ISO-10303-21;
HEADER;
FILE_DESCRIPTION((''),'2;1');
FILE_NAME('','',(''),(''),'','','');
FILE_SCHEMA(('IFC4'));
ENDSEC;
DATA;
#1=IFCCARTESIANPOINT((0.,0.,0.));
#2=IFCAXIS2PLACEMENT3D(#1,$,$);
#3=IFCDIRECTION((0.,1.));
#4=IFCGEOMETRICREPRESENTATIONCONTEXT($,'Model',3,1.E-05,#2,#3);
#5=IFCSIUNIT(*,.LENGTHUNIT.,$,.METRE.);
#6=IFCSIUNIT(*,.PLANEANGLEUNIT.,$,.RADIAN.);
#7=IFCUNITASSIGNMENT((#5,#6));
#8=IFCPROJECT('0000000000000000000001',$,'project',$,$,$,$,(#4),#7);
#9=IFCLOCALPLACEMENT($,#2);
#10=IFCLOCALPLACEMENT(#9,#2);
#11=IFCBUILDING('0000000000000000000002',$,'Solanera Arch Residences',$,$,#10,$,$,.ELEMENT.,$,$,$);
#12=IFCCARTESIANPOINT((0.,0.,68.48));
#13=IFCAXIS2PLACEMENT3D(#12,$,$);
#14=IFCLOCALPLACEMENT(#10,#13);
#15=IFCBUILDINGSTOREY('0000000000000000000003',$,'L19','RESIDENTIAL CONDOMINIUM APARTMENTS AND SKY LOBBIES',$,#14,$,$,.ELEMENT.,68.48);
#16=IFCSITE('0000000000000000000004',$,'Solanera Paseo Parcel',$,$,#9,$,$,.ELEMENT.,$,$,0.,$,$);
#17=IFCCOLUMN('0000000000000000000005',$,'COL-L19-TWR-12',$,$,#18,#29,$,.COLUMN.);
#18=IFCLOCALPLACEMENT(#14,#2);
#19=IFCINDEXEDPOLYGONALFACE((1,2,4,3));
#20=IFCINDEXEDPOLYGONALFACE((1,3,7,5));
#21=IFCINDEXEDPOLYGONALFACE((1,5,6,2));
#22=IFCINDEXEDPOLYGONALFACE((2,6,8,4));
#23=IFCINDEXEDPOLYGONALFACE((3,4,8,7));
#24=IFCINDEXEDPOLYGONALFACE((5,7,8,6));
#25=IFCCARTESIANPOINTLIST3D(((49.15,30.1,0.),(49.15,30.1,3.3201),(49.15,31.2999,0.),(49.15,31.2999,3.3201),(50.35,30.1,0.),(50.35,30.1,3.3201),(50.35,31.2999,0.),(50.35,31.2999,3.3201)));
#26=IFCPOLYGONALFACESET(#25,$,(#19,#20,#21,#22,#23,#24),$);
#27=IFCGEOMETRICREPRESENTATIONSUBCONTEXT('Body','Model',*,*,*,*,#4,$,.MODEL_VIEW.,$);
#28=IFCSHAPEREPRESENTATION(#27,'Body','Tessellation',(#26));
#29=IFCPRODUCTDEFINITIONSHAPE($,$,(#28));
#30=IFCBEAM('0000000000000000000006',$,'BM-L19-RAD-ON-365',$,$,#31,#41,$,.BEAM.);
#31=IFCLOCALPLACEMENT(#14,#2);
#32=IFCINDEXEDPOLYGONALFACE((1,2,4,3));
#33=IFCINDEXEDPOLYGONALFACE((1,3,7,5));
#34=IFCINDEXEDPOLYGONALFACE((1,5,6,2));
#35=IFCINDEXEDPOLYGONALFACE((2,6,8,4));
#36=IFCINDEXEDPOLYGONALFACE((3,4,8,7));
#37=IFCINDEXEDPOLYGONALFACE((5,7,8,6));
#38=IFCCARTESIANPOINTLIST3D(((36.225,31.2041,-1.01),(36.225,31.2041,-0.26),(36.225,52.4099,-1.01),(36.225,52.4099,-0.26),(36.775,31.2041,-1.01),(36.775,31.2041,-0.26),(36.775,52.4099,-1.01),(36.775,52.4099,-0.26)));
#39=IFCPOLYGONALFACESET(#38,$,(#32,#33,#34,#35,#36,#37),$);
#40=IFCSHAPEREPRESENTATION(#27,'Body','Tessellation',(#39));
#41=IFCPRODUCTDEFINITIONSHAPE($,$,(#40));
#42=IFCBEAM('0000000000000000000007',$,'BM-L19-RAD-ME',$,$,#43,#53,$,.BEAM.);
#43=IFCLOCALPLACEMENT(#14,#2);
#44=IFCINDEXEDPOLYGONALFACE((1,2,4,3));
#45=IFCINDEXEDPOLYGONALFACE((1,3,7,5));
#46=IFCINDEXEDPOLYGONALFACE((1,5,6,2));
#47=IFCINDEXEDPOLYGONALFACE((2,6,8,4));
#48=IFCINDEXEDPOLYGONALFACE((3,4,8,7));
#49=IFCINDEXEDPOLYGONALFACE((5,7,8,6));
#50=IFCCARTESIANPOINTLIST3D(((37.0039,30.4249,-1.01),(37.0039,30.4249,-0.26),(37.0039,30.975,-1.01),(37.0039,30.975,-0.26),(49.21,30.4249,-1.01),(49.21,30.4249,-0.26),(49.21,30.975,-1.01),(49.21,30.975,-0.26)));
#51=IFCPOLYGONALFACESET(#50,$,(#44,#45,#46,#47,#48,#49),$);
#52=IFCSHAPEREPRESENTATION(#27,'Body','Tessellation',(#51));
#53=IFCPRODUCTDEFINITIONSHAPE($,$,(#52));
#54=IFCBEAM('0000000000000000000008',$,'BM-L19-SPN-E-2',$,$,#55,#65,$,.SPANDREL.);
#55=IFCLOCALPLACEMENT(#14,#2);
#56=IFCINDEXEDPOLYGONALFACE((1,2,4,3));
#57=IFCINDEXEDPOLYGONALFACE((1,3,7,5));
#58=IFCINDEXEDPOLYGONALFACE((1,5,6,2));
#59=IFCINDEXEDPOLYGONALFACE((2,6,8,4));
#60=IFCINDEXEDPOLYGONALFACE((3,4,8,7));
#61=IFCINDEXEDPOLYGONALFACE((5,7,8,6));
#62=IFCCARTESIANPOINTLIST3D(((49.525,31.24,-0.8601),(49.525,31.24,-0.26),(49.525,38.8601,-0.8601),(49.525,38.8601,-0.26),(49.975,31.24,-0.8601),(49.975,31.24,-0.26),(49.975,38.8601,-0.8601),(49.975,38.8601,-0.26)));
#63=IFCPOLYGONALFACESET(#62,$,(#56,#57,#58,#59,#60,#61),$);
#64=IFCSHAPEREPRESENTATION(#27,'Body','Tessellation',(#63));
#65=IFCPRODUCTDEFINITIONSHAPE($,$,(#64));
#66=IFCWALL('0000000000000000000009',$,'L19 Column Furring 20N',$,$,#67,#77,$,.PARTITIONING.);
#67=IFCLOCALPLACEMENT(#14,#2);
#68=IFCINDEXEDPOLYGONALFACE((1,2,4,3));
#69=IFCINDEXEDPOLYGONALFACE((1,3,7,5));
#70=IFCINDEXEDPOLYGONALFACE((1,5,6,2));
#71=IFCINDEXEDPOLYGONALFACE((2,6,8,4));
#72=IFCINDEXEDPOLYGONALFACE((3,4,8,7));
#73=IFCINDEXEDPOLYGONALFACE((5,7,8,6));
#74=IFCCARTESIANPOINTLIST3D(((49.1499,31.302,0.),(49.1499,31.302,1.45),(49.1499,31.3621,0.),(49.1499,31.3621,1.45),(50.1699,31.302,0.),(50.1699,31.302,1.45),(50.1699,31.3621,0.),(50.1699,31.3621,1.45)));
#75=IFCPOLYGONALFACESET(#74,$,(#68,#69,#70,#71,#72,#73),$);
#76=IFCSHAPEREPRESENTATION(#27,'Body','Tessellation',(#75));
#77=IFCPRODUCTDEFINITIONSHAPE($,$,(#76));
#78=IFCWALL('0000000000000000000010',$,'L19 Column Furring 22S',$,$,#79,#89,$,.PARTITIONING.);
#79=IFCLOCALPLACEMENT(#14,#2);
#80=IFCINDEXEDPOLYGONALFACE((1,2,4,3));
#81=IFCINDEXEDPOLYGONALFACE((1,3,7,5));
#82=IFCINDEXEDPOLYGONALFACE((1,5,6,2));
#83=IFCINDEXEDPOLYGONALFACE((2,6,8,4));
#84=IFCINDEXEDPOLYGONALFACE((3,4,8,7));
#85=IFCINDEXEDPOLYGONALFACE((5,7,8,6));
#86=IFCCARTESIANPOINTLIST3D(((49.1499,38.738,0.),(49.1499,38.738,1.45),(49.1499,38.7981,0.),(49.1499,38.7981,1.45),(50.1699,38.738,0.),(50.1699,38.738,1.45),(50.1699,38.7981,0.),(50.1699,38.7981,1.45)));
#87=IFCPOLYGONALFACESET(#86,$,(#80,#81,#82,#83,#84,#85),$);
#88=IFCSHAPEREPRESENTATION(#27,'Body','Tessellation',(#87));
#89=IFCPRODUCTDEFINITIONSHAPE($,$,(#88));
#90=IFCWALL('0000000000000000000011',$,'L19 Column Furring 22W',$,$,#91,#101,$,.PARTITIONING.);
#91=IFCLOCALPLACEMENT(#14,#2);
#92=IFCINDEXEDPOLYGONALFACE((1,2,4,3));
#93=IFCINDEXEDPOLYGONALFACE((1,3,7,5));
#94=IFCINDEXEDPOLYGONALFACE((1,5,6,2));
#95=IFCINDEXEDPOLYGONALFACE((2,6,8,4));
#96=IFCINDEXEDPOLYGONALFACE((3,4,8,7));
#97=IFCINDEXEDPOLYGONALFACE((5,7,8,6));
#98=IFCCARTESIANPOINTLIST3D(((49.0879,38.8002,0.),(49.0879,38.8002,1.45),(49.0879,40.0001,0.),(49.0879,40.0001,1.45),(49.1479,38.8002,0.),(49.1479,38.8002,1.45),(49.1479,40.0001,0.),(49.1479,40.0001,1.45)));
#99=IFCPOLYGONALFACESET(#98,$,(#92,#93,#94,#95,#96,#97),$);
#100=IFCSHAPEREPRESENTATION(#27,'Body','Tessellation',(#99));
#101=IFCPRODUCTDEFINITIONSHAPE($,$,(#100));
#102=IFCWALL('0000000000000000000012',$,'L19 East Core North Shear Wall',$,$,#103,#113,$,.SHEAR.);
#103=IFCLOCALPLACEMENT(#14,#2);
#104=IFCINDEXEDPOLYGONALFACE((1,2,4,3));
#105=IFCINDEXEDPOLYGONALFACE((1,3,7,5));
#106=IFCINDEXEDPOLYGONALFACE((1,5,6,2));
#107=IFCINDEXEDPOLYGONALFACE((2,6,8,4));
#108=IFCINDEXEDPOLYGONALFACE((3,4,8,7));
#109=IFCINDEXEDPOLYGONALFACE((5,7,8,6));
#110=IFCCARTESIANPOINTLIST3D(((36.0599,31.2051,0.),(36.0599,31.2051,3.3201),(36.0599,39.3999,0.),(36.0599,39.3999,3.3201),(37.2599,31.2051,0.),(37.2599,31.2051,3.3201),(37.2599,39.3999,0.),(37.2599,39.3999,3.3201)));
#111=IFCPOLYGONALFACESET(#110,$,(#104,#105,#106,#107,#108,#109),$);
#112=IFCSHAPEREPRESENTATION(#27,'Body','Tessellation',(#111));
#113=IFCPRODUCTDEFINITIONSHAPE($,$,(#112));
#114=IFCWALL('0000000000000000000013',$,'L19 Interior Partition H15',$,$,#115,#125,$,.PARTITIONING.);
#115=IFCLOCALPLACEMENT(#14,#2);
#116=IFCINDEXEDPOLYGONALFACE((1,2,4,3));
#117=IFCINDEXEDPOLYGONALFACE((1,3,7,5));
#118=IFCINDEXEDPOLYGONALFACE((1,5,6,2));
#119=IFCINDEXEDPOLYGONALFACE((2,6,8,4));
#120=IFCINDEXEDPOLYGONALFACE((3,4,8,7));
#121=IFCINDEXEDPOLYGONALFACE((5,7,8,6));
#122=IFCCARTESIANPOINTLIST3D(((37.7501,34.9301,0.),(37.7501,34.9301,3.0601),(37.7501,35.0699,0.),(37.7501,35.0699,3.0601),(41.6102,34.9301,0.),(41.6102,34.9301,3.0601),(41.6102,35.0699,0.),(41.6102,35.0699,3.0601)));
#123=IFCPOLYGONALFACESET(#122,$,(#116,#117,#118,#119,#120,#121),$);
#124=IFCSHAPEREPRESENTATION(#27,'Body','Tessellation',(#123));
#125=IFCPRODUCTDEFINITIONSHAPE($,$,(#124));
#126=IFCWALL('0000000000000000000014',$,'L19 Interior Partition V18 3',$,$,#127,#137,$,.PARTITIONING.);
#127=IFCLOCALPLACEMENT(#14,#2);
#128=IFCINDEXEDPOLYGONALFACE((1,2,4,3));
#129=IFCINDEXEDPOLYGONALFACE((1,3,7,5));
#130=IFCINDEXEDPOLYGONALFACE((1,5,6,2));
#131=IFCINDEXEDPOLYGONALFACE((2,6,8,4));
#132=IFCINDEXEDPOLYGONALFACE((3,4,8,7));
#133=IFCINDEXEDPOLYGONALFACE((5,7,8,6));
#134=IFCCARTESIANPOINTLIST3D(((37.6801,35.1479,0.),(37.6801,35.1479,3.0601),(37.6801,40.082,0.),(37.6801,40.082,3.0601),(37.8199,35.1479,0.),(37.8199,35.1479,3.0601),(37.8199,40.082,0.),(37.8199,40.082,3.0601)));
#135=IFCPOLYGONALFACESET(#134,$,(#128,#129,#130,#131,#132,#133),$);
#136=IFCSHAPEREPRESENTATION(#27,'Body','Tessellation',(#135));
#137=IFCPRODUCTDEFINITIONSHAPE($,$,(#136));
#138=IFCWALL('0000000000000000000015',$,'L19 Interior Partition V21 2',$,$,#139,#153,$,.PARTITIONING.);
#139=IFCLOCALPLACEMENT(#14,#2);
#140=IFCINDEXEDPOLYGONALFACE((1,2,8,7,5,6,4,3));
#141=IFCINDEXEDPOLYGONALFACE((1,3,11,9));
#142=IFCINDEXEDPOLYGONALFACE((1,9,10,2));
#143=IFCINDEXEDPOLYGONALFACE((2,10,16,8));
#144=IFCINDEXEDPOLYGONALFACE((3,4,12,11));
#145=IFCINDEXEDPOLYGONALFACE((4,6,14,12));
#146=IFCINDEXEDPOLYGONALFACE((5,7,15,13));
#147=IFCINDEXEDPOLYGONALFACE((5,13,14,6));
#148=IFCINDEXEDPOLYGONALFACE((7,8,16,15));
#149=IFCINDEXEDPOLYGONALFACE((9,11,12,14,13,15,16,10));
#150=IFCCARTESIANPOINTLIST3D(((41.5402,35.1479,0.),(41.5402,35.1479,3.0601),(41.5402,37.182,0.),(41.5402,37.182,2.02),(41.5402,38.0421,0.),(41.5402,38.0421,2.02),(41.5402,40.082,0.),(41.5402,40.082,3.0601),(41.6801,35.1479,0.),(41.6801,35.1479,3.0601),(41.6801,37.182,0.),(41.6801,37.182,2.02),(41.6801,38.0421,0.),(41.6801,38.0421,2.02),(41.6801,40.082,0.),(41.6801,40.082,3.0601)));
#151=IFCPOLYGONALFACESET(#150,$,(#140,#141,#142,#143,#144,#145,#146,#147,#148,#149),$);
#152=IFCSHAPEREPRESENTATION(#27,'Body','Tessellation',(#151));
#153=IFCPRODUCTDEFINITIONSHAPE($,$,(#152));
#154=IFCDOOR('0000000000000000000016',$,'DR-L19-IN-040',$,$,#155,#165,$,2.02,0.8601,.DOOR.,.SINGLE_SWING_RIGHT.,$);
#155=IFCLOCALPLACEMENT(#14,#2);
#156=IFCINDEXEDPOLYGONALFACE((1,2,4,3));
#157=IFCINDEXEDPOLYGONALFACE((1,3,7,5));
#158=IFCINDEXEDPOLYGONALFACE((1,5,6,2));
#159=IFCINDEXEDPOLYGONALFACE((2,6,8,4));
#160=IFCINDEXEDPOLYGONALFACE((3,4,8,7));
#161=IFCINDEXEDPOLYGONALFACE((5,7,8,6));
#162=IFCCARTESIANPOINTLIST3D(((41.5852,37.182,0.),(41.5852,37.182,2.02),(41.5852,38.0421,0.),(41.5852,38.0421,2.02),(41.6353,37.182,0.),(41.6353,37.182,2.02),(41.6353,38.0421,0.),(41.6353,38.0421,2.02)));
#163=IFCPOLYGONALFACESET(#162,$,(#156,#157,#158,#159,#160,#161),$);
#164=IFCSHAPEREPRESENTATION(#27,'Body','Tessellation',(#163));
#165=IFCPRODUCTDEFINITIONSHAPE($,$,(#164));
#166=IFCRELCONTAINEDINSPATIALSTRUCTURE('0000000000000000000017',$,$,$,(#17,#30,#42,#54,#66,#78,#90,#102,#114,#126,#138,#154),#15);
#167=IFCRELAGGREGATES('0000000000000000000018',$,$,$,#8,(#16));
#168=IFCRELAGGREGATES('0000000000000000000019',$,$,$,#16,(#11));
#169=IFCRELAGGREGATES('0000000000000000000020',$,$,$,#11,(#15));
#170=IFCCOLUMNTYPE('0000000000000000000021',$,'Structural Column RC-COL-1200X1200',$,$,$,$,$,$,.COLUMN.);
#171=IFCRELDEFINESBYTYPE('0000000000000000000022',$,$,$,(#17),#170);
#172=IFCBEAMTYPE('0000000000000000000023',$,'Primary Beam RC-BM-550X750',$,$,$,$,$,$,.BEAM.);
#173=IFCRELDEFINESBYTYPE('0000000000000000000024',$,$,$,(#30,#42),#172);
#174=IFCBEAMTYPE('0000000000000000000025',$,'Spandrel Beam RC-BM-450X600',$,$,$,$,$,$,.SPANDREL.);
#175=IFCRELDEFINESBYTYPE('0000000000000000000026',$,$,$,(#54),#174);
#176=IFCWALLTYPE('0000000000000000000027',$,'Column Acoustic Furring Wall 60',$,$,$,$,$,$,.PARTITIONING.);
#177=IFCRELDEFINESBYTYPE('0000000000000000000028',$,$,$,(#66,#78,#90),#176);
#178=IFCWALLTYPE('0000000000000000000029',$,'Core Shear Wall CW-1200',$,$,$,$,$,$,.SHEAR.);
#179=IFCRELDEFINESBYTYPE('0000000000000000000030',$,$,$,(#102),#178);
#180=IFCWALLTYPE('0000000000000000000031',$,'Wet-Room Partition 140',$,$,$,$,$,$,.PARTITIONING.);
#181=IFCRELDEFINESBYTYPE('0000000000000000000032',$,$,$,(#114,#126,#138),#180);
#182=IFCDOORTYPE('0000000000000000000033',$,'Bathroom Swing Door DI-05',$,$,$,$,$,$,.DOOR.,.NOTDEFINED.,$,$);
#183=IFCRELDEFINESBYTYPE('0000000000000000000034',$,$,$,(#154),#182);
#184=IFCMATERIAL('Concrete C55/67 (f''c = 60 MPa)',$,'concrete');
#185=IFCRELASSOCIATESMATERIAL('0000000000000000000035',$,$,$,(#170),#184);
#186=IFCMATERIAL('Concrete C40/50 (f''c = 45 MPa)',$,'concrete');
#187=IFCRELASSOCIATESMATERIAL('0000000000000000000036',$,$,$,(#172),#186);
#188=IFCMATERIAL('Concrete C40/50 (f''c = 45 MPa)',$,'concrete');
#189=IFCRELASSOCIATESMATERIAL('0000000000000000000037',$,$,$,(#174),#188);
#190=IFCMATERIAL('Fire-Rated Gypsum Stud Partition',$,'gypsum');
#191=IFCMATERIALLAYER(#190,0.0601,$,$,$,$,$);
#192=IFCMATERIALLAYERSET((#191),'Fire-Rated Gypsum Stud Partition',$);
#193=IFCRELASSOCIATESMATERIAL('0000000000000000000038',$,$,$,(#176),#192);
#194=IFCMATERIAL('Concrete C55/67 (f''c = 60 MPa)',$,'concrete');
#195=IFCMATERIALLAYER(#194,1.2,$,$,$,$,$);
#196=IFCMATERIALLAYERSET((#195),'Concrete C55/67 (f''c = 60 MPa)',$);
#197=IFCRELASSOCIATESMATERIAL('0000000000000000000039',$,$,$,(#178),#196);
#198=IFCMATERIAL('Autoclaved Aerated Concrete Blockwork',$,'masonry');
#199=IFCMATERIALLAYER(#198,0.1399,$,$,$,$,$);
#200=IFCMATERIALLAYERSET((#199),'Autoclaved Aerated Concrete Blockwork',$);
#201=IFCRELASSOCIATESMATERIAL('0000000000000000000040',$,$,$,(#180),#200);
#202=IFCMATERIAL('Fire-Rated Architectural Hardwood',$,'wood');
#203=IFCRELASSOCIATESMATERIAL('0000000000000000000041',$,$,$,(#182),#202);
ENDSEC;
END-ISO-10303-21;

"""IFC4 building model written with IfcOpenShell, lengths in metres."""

from ifc_helpers import new_model, si_unit, direction, frame, frame_2d, origin, origin_2d, place, context, subcontext, project, spatial, rectangle, extrude, material, layer, layer_set, material_profile, profile_set, type_object, element, fill, save


model = new_model("IFC4")

# Units and contexts
model_context = context("Model", 3, precision=1e-05, world=origin(), true_north=direction((0.0, 1.0)))
body_context = subcontext(model_context, "Body", "Model", "MODEL_VIEW")
ifc_project = project(units=[si_unit("LENGTHUNIT", "METRE"), si_unit("PLANEANGLEUNIT", "RADIAN")], contexts=[model_context])

# Site, building, storey
site_placement = place(None, origin())
site = spatial("IfcSite", under=ifc_project, at=site_placement, Name="Solanera Paseo Parcel", CompositionType="ELEMENT", RefElevation=0.0)
building_placement = place(site_placement, origin())
building = spatial("IfcBuilding", under=site, at=building_placement, Name="Solanera Arch Residences", CompositionType="ELEMENT")
storey_placement = place(building_placement, frame((0.0, 0.0, 68.48)))
storey = spatial("IfcBuildingStorey", under=building, at=storey_placement, Name="L19", Description="RESIDENTIAL CONDOMINIUM APARTMENTS AND SKY LOBBIES", CompositionType="ELEMENT", Elevation=68.48)

# Column
ifc_material_1 = material(Name="Concrete C55/67 (f'c = 60 MPa)", Category="concrete")
ifc_material_profile_1 = material_profile(ifc_material_1, rectangle(XDim=1.2, YDim=1.2, at=origin_2d()))
ifc_profile_set_1 = profile_set([ifc_material_profile_1], Name="Concrete C55/67 (f'c = 60 MPa)")
column_type = type_object("IfcColumnType", Name="Structural Column RC-COL-1200X1200", PredefinedType="COLUMN", material=ifc_profile_set_1)
column_placement = place(storey_placement, frame((49.75, 30.7, 0.0), z_axis=(0.0, 0.0, 1.0), x_axis=(1.0, 0.0, 0.0)))
element("IfcColumn", 1, at=column_placement, inside=storey, type_object=column_type, Name="COL-L19-TWR-12", PredefinedType="COLUMN", context=body_context, shape_type="SweptSolid", body=[
    extrude(rectangle(XDim=1.2, YDim=1.2, at=origin_2d()), origin(), (0.0, 0.0, 1.0), 3.3201),
])

# Beams
ifc_material_2 = material(Name="Concrete C40/50 (f'c = 45 MPa)", Category="concrete")
ifc_material_profile_2 = material_profile(ifc_material_2, rectangle(XDim=0.55, YDim=0.75, at=origin_2d()))
ifc_profile_set_2 = profile_set([ifc_material_profile_2], Name="Concrete C40/50 (f'c = 45 MPa)")
beam_type_1 = type_object("IfcBeamType", Name="Primary Beam RC-BM-550X750", PredefinedType="BEAM", material=ifc_profile_set_2)
beam_1_placement = place(storey_placement, frame((36.5, 31.2041, -0.635), z_axis=(0.0, 1.0, 0.0), x_axis=(-1.0, 0.0, 0.0)))
element("IfcBeam", 2, at=beam_1_placement, inside=storey, type_object=beam_type_1, Name="BM-L19-RAD-ON-365", PredefinedType="BEAM", context=body_context, shape_type="SweptSolid", body=[
    extrude(rectangle(XDim=0.55, YDim=0.75, at=origin_2d()), origin(), (0.0, 0.0, 1.0), 21.2058),
])
beam_2_placement = place(storey_placement, frame((37.0039, 30.7, -0.635), z_axis=(1.0, 0.0, 0.0), x_axis=(0.0, 1.0, 0.0)))
element("IfcBeam", 3, at=beam_2_placement, inside=storey, type_object=beam_type_1, Name="BM-L19-RAD-ME", PredefinedType="BEAM", context=body_context, shape_type="SweptSolid", body=[
    extrude(rectangle(XDim=0.55, YDim=0.75, at=origin_2d()), origin(), (0.0, 0.0, 1.0), 12.2061),
])
ifc_material_3 = material(Name="Concrete C40/50 (f'c = 45 MPa)", Category="concrete")
ifc_material_profile_3 = material_profile(ifc_material_3, rectangle(XDim=0.45, YDim=0.6001, at=origin_2d()))
ifc_profile_set_3 = profile_set([ifc_material_profile_3], Name="Concrete C40/50 (f'c = 45 MPa)")
beam_type_2 = type_object("IfcBeamType", Name="Spandrel Beam RC-BM-450X600", PredefinedType="SPANDREL", material=ifc_profile_set_3)
beam_3_placement = place(storey_placement, frame((49.75, 31.24, -0.5601), z_axis=(0.0, 1.0, 0.0), x_axis=(-1.0, 0.0, 0.0)))
element("IfcBeam", 4, at=beam_3_placement, inside=storey, type_object=beam_type_2, Name="BM-L19-SPN-E-2", PredefinedType="SPANDREL", context=body_context, shape_type="SweptSolid", body=[
    extrude(rectangle(XDim=0.45, YDim=0.6001, at=origin_2d()), origin(), (0.0, 0.0, 1.0), 7.6201),
])

# Walls
ifc_material_4 = material(Name="Fire-Rated Gypsum Stud Partition", Category="gypsum")
ifc_layer_1 = layer(ifc_material_4, 0.0601)
ifc_layer_set_1 = layer_set([ifc_layer_1], Name="Fire-Rated Gypsum Stud Partition")
wall_type_1 = type_object("IfcWallType", Name="Column Acoustic Furring Wall 60", PredefinedType="PARTITIONING", material=ifc_layer_set_1)
for number, where, z_axis, x_axis, name in (
    (5, (49.1499, 31.332, 0.0), (0.0, 0.0, 1.0), (1.0, 0.0, 0.0), "L19 Column Furring 20N"),
    (6, (49.1499, 38.7681, 0.0), (0.0, 0.0, 1.0), (1.0, 0.0, 0.0), "L19 Column Furring 22S"),
):
    element("IfcWall", number, at=place(storey_placement, frame(where, z_axis=z_axis, x_axis=x_axis)), inside=storey, type_object=wall_type_1, Name=name, PredefinedType="PARTITIONING", context=body_context, shape_type="SweptSolid", body=[
        extrude(rectangle(XDim=1.02, YDim=0.0601, at=frame_2d((0.51, 0.0))), origin(), (0.0, 0.0, 1.0), 1.45),
    ])
wall_1_placement = place(storey_placement, frame((49.1179, 38.8, 0.0), z_axis=(0.0, 0.0, 1.0), x_axis=(0.0, 1.0, 0.0)))
element("IfcWall", 7, at=wall_1_placement, inside=storey, type_object=wall_type_1, Name="L19 Column Furring 22W", PredefinedType="PARTITIONING", context=body_context, shape_type="SweptSolid", body=[
    extrude(rectangle(XDim=1.2, YDim=0.0601, at=frame_2d((0.6001, 0.0))), origin(), (0.0, 0.0, 1.0), 1.45),
])
ifc_material_5 = material(Name="Concrete C55/67 (f'c = 60 MPa)", Category="concrete")
ifc_layer_2 = layer(ifc_material_5, 1.2)
ifc_layer_set_2 = layer_set([ifc_layer_2], Name="Concrete C55/67 (f'c = 60 MPa)")
wall_type_2 = type_object("IfcWallType", Name="Core Shear Wall CW-1200", PredefinedType="SHEAR", material=ifc_layer_set_2)
wall_2_placement = place(storey_placement, frame((36.6599, 31.2051, 0.0), z_axis=(0.0, 0.0, 1.0), x_axis=(0.0, 1.0, 0.0)))
element("IfcWall", 8, at=wall_2_placement, inside=storey, type_object=wall_type_2, Name="L19 East Core North Shear Wall", PredefinedType="SHEAR", context=body_context, shape_type="SweptSolid", body=[
    extrude(rectangle(XDim=8.1948, YDim=1.2, at=frame_2d((4.0974, 0.0))), origin(), (0.0, 0.0, 1.0), 3.3201),
])
ifc_material_6 = material(Name="Autoclaved Aerated Concrete Blockwork", Category="masonry")
ifc_layer_3 = layer(ifc_material_6, 0.1399)
ifc_layer_set_3 = layer_set([ifc_layer_3], Name="Autoclaved Aerated Concrete Blockwork")
wall_type_3 = type_object("IfcWallType", Name="Wet-Room Partition 140", PredefinedType="PARTITIONING", material=ifc_layer_set_3)
wall_3_placement = place(storey_placement, frame((37.75, 35.0, 0.0), z_axis=(0.0, 0.0, 1.0), x_axis=(1.0, 0.0, 0.0)))
element("IfcWall", 9, at=wall_3_placement, inside=storey, type_object=wall_type_3, Name="L19 Interior Partition H15", PredefinedType="PARTITIONING", context=body_context, shape_type="SweptSolid", body=[
    extrude(rectangle(XDim=3.8601, YDim=0.1399, at=frame_2d((1.9302, 0.0))), origin(), (0.0, 0.0, 1.0), 3.0601),
])
wall_4_placement = place(storey_placement, frame((37.75, 35.1479, 0.0), z_axis=(0.0, 0.0, 1.0), x_axis=(0.0, 1.0, 0.0)))
element("IfcWall", 10, at=wall_4_placement, inside=storey, type_object=wall_type_3, Name="L19 Interior Partition V18 3", PredefinedType="PARTITIONING", context=body_context, shape_type="SweptSolid", body=[
    extrude(rectangle(XDim=4.9341, YDim=0.1399, at=frame_2d((2.467, 0.0))), origin(), (0.0, 0.0, 1.0), 3.0601),
])

# Wall, opening, door
wall_5_placement = place(storey_placement, frame((41.6101, 35.1479, 0.0), z_axis=(0.0, 0.0, 1.0), x_axis=(0.0, 1.0, 0.0)))
wall_5 = element("IfcWall", 11, at=wall_5_placement, inside=storey, type_object=wall_type_3, Name="L19 Interior Partition V21 2", PredefinedType="PARTITIONING", context=body_context, shape_type="SweptSolid", body=[
    extrude(rectangle(XDim=4.9341, YDim=0.1399, at=frame_2d((2.467, 0.0))), origin(), (0.0, 0.0, 1.0), 3.0601),
])
opening_placement = place(wall_5_placement, frame((2.0339, 0.0, 0.0)))
opening = element("IfcOpeningElement", 12, at=opening_placement, cuts=wall_5, PredefinedType="OPENING", context=body_context, shape_type="SweptSolid", body=[
    extrude(rectangle(XDim=0.8601, YDim=2.02, at=frame_2d((0.4302, 1.01))), frame((0.0, 0.0798, 0.0), z_axis=(0.0, -1.0, 0.0), x_axis=(1.0, 0.0, 0.0)), (0.0, 0.0, 1.0), 0.1599),
])
ifc_material_7 = material(Name="Fire-Rated Architectural Hardwood", Category="wood")
door_type = type_object("IfcDoorType", Name="Bathroom Swing Door DI-05", OperationType="NOTDEFINED", PredefinedType="DOOR", material=ifc_material_7)
door_placement = place(opening_placement, origin())
door = element("IfcDoor", 13, at=door_placement, inside=storey, type_object=door_type, Name="DR-L19-IN-040", OperationType="SINGLE_SWING_RIGHT", OverallHeight=2.02, OverallWidth=0.8601, PredefinedType="DOOR", context=body_context, shape_type="SweptSolid", body=[
    extrude(rectangle(XDim=0.8601, YDim=2.02, at=frame_2d((0.4302, 1.01))), frame((0.0, 0.0249, 0.0), z_axis=(0.0, -1.0, 0.0), x_axis=(1.0, 0.0, 0.0)), (0.0, 0.0, 1.0), 0.05),
])
fill(opening, door)

save(model, "model.ifc")
